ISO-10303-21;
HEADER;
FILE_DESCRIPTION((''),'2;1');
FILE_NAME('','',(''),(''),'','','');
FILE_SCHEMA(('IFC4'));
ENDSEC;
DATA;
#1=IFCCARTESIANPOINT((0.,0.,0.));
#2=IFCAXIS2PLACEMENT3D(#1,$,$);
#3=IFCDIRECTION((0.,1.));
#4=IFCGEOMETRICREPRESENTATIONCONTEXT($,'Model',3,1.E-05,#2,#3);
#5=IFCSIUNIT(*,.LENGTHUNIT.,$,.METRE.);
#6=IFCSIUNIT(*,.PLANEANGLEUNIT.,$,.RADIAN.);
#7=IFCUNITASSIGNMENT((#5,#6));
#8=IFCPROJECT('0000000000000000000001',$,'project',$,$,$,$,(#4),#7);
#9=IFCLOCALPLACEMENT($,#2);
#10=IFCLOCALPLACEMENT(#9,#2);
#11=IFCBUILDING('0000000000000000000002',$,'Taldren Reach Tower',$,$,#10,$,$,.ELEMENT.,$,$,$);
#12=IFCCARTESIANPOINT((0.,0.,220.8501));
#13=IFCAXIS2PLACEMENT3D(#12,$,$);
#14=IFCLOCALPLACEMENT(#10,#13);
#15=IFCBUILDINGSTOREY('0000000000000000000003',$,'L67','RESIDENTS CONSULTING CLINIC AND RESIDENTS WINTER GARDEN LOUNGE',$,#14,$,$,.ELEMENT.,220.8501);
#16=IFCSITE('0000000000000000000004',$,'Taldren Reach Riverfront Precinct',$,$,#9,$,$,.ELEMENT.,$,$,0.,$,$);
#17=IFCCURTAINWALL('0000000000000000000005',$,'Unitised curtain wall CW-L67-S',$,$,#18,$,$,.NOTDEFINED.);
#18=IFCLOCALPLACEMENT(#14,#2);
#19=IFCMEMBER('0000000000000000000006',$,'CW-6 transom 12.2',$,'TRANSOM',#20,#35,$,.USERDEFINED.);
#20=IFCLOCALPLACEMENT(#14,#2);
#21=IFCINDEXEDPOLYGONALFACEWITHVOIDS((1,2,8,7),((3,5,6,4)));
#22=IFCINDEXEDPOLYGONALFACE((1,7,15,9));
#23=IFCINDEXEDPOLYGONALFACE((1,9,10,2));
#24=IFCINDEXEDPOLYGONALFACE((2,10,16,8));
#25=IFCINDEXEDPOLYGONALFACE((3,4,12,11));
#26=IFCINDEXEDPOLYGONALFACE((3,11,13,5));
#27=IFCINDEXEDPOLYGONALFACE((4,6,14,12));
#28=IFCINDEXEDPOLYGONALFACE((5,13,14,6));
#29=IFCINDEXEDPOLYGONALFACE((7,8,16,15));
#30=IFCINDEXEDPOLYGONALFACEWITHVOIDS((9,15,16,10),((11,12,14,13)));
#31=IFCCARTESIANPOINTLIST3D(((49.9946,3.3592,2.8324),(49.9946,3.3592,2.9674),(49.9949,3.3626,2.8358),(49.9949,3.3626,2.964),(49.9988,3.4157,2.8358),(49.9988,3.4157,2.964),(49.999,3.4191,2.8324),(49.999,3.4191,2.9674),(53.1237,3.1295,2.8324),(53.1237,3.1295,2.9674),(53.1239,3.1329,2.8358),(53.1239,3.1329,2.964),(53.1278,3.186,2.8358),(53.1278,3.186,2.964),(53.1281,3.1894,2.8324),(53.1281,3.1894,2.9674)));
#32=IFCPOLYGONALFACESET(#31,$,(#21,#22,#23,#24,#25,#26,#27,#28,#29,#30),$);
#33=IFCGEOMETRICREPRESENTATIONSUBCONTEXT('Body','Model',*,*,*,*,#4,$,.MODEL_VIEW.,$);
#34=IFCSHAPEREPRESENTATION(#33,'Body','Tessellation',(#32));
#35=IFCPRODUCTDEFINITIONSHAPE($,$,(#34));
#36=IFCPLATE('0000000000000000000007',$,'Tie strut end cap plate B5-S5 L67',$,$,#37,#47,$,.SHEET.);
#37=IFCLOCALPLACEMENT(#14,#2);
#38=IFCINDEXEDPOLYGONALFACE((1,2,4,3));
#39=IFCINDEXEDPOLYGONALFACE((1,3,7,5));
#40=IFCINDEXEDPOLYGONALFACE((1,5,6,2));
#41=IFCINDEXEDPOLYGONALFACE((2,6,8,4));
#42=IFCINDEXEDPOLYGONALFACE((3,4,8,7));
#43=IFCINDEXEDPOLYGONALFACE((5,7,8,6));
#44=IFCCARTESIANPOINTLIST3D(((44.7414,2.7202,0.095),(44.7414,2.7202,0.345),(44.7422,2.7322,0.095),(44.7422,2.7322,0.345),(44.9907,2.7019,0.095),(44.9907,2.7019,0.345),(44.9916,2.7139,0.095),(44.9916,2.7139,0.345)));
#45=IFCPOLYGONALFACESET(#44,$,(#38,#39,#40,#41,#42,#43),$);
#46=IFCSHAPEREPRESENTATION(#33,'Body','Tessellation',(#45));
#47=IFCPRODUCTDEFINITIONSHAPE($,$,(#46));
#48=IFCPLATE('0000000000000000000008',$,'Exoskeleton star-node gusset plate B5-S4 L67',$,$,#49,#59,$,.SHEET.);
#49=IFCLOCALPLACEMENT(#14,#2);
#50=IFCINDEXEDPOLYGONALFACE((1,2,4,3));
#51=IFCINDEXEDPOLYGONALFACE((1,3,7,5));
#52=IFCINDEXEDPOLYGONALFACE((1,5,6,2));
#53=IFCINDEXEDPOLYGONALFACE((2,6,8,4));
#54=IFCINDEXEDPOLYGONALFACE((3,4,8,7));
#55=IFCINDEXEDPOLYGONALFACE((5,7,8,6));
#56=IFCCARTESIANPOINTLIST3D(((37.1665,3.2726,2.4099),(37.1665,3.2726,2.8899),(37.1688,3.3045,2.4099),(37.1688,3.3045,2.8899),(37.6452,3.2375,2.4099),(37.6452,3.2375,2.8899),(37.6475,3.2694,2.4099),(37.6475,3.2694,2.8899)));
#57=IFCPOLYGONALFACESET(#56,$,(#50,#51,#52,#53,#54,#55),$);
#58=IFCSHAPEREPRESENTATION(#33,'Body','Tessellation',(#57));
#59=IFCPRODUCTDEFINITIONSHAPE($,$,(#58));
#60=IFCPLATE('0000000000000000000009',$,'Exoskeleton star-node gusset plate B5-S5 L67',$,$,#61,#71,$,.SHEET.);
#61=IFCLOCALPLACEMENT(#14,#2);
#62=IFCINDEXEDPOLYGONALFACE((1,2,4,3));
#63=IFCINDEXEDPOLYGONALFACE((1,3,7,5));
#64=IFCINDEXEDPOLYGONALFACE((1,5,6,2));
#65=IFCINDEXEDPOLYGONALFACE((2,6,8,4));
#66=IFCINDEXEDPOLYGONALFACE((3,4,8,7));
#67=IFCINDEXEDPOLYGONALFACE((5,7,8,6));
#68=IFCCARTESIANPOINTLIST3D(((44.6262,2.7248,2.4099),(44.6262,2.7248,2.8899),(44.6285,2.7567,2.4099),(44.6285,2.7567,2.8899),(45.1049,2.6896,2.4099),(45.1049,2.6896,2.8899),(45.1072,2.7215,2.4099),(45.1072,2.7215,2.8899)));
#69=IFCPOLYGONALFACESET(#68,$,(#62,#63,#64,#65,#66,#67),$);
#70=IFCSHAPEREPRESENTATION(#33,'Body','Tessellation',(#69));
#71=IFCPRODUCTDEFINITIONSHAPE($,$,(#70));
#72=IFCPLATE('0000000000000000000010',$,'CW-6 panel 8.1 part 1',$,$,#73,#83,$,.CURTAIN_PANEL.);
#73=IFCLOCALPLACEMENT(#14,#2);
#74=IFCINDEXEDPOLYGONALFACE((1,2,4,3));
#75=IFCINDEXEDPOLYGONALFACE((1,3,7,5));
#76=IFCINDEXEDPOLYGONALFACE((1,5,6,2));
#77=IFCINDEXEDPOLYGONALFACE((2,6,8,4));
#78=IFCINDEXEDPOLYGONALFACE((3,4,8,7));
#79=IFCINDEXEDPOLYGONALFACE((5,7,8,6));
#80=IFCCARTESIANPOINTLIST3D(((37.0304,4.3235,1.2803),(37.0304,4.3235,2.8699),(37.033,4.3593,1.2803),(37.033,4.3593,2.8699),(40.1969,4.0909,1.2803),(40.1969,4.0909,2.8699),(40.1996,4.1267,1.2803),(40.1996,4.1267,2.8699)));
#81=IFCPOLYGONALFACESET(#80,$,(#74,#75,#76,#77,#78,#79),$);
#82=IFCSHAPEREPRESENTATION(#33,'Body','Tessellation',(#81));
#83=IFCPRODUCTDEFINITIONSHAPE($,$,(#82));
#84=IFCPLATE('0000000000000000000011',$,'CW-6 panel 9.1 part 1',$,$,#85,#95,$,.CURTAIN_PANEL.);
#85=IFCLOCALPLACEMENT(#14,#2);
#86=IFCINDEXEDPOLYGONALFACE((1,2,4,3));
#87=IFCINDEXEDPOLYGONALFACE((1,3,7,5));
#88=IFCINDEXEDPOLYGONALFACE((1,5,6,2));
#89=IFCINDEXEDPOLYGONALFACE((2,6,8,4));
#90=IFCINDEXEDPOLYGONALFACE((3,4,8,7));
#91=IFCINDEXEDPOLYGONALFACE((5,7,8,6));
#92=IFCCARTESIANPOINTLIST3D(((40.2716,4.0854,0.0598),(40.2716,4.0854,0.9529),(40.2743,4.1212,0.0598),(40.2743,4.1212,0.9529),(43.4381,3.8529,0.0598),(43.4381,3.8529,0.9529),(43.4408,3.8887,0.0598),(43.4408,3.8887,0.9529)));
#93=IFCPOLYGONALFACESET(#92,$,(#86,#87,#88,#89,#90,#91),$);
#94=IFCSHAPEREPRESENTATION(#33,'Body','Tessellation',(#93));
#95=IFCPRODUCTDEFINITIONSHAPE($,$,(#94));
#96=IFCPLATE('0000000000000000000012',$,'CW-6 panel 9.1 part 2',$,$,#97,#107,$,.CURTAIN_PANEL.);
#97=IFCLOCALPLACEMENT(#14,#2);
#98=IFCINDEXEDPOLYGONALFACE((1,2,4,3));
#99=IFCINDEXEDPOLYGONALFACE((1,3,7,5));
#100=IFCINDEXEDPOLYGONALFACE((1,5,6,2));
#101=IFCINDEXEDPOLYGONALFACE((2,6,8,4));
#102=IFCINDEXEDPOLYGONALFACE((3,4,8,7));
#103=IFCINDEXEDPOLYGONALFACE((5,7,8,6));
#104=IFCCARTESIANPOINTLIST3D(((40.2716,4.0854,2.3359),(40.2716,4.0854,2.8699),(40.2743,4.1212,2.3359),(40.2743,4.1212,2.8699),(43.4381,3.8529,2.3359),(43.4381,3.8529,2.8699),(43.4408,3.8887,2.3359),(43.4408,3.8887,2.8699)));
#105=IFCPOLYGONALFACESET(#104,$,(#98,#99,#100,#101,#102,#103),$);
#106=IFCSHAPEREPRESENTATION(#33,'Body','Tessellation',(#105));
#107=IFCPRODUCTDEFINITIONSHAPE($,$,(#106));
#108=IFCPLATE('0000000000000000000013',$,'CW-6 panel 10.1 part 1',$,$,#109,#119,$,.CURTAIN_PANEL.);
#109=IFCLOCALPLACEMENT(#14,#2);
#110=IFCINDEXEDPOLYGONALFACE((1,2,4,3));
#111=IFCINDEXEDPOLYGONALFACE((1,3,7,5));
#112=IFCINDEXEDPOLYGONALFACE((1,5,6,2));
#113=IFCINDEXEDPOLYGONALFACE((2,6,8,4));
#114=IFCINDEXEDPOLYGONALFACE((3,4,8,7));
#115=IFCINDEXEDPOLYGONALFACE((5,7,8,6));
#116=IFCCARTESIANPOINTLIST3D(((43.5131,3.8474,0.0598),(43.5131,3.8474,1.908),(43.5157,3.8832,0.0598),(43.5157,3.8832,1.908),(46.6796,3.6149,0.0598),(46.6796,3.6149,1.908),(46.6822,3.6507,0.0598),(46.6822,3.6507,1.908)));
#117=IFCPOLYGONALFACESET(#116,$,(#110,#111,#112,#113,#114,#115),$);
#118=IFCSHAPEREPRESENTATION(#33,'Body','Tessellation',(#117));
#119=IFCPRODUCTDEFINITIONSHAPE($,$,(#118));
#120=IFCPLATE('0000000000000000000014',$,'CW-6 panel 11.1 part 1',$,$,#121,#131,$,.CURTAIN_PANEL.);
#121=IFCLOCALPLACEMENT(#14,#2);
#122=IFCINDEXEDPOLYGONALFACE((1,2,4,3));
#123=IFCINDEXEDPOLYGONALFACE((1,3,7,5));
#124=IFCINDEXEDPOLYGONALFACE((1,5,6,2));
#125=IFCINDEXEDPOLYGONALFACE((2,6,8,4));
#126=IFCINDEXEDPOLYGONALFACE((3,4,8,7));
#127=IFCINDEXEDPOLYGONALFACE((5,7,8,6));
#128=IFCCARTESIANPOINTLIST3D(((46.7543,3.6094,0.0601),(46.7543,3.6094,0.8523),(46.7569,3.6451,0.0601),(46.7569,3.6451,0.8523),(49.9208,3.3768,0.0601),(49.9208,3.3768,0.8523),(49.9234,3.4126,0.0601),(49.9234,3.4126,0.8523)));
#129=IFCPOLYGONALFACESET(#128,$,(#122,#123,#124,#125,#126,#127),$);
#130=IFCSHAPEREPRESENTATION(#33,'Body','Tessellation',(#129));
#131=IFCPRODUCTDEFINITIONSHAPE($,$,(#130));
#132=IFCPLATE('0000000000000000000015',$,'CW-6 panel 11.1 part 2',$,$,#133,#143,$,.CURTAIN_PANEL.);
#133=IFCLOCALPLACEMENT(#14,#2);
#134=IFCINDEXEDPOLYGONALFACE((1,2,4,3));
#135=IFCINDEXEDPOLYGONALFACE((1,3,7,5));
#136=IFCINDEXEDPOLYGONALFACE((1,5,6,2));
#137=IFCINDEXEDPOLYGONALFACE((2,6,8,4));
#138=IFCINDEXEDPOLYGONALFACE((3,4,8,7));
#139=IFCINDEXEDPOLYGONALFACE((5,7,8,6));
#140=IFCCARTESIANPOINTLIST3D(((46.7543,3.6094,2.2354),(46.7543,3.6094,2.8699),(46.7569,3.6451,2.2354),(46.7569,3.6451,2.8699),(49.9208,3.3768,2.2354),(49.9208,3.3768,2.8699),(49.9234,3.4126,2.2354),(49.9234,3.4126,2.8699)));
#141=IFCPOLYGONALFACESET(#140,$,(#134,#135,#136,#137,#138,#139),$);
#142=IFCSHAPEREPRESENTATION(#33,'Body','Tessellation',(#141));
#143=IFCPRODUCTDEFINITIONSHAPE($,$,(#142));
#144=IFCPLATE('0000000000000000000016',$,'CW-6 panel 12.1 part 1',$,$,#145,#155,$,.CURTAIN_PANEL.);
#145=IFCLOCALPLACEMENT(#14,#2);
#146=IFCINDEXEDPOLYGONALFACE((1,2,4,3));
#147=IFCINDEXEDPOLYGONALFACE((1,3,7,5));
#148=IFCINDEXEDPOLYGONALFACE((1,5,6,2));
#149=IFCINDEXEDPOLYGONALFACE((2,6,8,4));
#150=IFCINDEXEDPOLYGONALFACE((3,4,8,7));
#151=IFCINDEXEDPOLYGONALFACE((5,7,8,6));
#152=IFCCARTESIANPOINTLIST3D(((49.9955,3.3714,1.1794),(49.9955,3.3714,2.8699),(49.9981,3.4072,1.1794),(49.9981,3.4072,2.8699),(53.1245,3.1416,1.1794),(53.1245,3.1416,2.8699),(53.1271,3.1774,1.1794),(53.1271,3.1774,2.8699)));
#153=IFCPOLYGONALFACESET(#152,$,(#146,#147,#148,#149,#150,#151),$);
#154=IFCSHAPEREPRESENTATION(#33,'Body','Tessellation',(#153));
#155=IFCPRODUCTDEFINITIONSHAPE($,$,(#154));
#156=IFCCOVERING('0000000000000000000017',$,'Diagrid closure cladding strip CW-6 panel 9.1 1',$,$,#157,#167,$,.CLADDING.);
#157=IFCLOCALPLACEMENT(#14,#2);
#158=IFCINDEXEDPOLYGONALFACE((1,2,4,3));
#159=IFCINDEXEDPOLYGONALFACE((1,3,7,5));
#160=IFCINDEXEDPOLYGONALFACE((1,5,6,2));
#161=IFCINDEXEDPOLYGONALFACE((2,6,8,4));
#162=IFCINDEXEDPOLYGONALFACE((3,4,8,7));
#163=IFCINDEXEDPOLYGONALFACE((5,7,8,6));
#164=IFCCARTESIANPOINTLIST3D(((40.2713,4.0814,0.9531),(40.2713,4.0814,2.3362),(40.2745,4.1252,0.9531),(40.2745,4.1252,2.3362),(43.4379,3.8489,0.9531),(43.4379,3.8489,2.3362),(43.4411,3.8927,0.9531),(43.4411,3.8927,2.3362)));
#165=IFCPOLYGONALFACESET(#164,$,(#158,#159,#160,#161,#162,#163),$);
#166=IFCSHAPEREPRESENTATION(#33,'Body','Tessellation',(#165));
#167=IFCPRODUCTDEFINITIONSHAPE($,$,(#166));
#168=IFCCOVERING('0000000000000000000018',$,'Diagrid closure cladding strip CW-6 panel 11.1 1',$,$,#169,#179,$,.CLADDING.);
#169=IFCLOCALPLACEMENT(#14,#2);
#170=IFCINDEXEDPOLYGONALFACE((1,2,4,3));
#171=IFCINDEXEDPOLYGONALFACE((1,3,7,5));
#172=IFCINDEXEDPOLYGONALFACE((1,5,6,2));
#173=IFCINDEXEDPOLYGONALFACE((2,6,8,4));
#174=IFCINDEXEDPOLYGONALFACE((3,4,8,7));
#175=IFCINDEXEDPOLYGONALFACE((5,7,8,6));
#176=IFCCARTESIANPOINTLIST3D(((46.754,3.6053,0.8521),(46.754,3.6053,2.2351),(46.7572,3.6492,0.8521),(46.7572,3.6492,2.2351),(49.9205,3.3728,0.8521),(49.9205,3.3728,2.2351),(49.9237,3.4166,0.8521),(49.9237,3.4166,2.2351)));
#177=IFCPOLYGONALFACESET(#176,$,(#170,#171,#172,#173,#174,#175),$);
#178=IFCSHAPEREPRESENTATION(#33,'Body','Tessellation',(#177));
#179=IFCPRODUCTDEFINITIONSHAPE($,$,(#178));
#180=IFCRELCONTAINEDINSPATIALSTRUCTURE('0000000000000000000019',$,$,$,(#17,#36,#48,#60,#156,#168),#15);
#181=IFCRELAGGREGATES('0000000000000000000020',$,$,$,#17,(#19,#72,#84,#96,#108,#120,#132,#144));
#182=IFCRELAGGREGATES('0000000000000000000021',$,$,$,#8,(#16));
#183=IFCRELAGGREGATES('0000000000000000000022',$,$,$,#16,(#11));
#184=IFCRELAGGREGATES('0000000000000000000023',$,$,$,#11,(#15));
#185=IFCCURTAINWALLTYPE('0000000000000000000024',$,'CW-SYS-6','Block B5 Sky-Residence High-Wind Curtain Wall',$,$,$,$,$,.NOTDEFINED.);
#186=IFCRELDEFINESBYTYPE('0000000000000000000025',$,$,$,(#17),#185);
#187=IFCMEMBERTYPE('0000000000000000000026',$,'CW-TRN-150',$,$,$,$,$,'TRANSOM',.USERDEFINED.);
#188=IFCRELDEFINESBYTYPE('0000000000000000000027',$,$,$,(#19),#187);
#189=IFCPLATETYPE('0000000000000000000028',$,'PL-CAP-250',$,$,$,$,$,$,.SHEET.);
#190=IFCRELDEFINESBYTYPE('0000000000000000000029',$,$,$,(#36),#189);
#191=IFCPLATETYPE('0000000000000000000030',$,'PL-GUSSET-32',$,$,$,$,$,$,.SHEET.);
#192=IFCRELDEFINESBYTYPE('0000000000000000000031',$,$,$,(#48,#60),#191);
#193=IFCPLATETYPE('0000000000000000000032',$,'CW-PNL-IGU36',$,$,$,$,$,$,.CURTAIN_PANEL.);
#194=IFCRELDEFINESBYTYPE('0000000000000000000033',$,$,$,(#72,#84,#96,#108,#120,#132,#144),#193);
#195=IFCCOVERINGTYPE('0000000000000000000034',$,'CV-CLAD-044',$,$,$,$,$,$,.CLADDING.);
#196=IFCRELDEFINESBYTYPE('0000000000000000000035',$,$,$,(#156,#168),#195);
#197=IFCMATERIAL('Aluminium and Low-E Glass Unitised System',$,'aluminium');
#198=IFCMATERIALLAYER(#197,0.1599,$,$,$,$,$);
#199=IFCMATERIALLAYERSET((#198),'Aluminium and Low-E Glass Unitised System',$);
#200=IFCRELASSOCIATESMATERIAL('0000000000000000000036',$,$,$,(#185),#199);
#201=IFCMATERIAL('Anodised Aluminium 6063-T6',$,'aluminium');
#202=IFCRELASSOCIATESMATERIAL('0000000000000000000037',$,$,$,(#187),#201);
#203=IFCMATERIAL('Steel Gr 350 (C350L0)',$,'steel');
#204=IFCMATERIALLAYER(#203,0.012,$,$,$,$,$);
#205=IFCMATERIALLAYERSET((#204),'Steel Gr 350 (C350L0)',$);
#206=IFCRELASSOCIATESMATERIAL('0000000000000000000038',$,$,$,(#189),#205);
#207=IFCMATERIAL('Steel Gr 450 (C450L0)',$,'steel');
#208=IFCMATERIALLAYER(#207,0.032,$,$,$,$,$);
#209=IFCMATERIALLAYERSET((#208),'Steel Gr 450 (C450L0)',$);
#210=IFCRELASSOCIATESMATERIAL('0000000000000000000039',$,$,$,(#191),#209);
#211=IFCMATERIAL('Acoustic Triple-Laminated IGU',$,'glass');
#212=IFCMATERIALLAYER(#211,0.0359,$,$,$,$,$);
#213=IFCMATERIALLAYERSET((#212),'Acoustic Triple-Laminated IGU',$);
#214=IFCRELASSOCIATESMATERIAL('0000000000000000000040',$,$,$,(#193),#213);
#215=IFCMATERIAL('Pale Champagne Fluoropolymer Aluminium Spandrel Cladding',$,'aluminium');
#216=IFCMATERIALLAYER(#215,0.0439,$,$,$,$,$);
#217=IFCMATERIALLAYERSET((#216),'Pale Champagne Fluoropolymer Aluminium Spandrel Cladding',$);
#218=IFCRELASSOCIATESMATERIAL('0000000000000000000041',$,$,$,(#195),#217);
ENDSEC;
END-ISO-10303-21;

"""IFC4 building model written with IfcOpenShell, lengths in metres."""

from ifc_helpers import new_model, si_unit, direction, frame, origin, origin_2d, place, context, subcontext, project, spatial, rectangle, hollow_rectangle, extrude, source, transform, mapped, material, layer, layer_set, material_profile, profile_set, type_object, element, aggregate, save


model = new_model("IFC4")

# Units and contexts
model_context = context("Model", 3, precision=1e-05, world=origin(), true_north=direction((0.0, 1.0)))
body_context = subcontext(model_context, "Body", "Model", "MODEL_VIEW")
ifc_project = project(units=[si_unit("LENGTHUNIT", "METRE"), si_unit("PLANEANGLEUNIT", "RADIAN")], contexts=[model_context])

# Site, building, storey
site_placement = place(None, origin())
site = spatial("IfcSite", under=ifc_project, at=site_placement, Name="Taldren Reach Riverfront Precinct", CompositionType="ELEMENT", RefElevation=0.0)
building_placement = place(site_placement, origin())
building = spatial("IfcBuilding", under=site, at=building_placement, Name="Taldren Reach Tower", CompositionType="ELEMENT")
storey_placement = place(building_placement, frame((0.0, 0.0, 220.8501)))
storey = spatial("IfcBuildingStorey", under=building, at=storey_placement, Name="L67", Description="RESIDENTS CONSULTING CLINIC AND RESIDENTS WINTER GARDEN LOUNGE", CompositionType="ELEMENT", Elevation=220.8501)

# Shared definitions
ifc_material_1 = material(Name="Steel Gr 450 (C450L0)", Category="steel")
ifc_material_2 = material(Name="Steel Gr 350 (C350L0)", Category="steel")

# Curtain wall, member
ifc_material_3 = material(Name="Aluminium and Low-E Glass Unitised System", Category="aluminium")
ifc_layer_1 = layer(ifc_material_3, 0.1599)
ifc_layer_set_1 = layer_set([ifc_layer_1], Name="Aluminium and Low-E Glass Unitised System")
curtain_wall_type = type_object("IfcCurtainWallType", Name="CW-SYS-6", Description="Block B5 Sky-Residence High-Wind Curtain Wall", PredefinedType="NOTDEFINED", material=ifc_layer_set_1)
curtain_wall_placement = place(storey_placement, origin())
curtain_wall = element("IfcCurtainWall", 1, at=curtain_wall_placement, inside=storey, type_object=curtain_wall_type, Name="Unitised curtain wall CW-L67-S", PredefinedType="NOTDEFINED")
ifc_material_4 = material(Name="Anodised Aluminium 6063-T6", Category="aluminium")
ifc_material_profile_1 = material_profile(ifc_material_4, hollow_rectangle(XDim=0.0601, YDim=0.135, WallThickness=0.0034, at=origin_2d()), Name="ALU-135x60x3.5RHS")
ifc_profile_set_1 = profile_set([ifc_material_profile_1], Name="Anodised Aluminium 6063-T6")
member_type_1 = type_object("IfcMemberType", Name="CW-TRN-150", ElementType="TRANSOM", PredefinedType="USERDEFINED", material=ifc_profile_set_1)
shared_shape_1 = source(origin(), body_context, "Body", "SweptSolid", [
    extrude(hollow_rectangle(XDim=0.0601, YDim=0.135, WallThickness=0.0034, at=origin_2d()), origin(), (0.0, 0.0, 1.0), 3.1375),
])
member_1_placement = place(storey_placement, frame((49.9968, 3.3892, 2.8999), z_axis=(0.997316, -0.073221, 0.0), x_axis=(0.073221, 0.997316, 0.0)))
member_1 = element("IfcMember", 2, at=member_1_placement, type_object=member_type_1, Name="CW-6 transom 12.2", ObjectType="TRANSOM", PredefinedType="USERDEFINED", context=body_context, shape_type="MappedRepresentation", body=[
    mapped(shared_shape_1, transform((0.0, 0.0, 0.0), scale=1.0)),
])

# Plates
ifc_layer_2 = layer(ifc_material_2, 0.012)
ifc_layer_set_2 = layer_set([ifc_layer_2], Name="Steel Gr 350 (C350L0)")
plate_type_1 = type_object("IfcPlateType", Name="PL-CAP-250", PredefinedType="SHEET", material=ifc_layer_set_2)
shared_shape_2 = source(origin(), body_context, "Body", "SweptSolid", [
    extrude(rectangle(XDim=0.25, YDim=0.012, at=origin_2d()), origin(), (0.0, 0.0, 1.0), 0.25),
])
plate_1_placement = place(storey_placement, frame((44.8665, 2.717, 0.095), z_axis=(0.0, 0.0, 1.0), x_axis=(0.997314, -0.073238, 0.0)))
element("IfcPlate", 3, at=plate_1_placement, inside=storey, type_object=plate_type_1, Name="Tie strut end cap plate B5-S5 L67", PredefinedType="SHEET", context=body_context, shape_type="MappedRepresentation", body=[
    mapped(shared_shape_2, transform((0.0, 0.0, 0.0), scale=1.0)),
])
ifc_layer_3 = layer(ifc_material_1, 0.032)
ifc_layer_set_3 = layer_set([ifc_layer_3], Name="Steel Gr 450 (C450L0)")
plate_type_2 = type_object("IfcPlateType", Name="PL-GUSSET-32", PredefinedType="SHEET", material=ifc_layer_set_3)
shared_shape_3 = source(origin(), body_context, "Body", "SweptSolid", [
    extrude(rectangle(XDim=0.48, YDim=0.032, at=origin_2d()), origin(), (0.0, 0.0, 1.0), 0.48),
])
for number, where, z_axis, x_axis, name in (
    (4, (37.407, 3.271, 2.4099), (0.0, 0.0, 1.0), (0.997314, -0.073238, 0.0), "Exoskeleton star-node gusset plate B5-S4 L67"),
    (5, (44.8667, 2.7231, 2.4099), (0.0, 0.0, 1.0), (0.997314, -0.073238, 0.0), "Exoskeleton star-node gusset plate B5-S5 L67"),
):
    element("IfcPlate", number, at=place(storey_placement, frame(where, z_axis=z_axis, x_axis=x_axis)), inside=storey, type_object=plate_type_2, Name=name, PredefinedType="SHEET", context=body_context, shape_type="MappedRepresentation", body=[
        mapped(shared_shape_3, transform((0.0, 0.0, 0.0), scale=1.0)),
    ])

# Plates
ifc_material_5 = material(Name="Acoustic Triple-Laminated IGU", Category="glass")
ifc_layer_4 = layer(ifc_material_5, 0.0359)
ifc_layer_set_4 = layer_set([ifc_layer_4], Name="Acoustic Triple-Laminated IGU")
plate_type_3 = type_object("IfcPlateType", Name="CW-PNL-IGU36", PredefinedType="CURTAIN_PANEL", material=ifc_layer_set_4)
shared_shape_4 = source(origin(), body_context, "Body", "SweptSolid", [
    extrude(rectangle(XDim=3.175, YDim=0.0359, at=origin_2d()), origin(), (0.0, 0.0, 1.0), 1.5896),
])
plate_2_placement = place(storey_placement, frame((38.615, 4.2251, 1.2803), z_axis=(0.0, 0.0, 1.0), x_axis=(0.997314, -0.073238, 0.0)))
plate_2 = element("IfcPlate", 6, at=plate_2_placement, type_object=plate_type_3, Name="CW-6 panel 8.1 part 1", PredefinedType="CURTAIN_PANEL", context=body_context, shape_type="MappedRepresentation", body=[
    mapped(shared_shape_4, transform((0.0, 0.0, 0.0), scale=1.0)),
])
shared_shape_5 = source(origin(), body_context, "Body", "SweptSolid", [
    extrude(rectangle(XDim=3.175, YDim=0.0359, at=origin_2d()), origin(), (0.0, 0.0, 1.0), 0.8931),
])
plate_3_placement = place(storey_placement, frame((41.8562, 3.9871, 0.0598), z_axis=(0.0, 0.0, 1.0), x_axis=(0.997314, -0.073238, 0.0)))
plate_3 = element("IfcPlate", 7, at=plate_3_placement, type_object=plate_type_3, Name="CW-6 panel 9.1 part 1", PredefinedType="CURTAIN_PANEL", context=body_context, shape_type="MappedRepresentation", body=[
    mapped(shared_shape_5, transform((0.0, 0.0, 0.0), scale=1.0)),
])
shared_shape_6 = source(origin(), body_context, "Body", "SweptSolid", [
    extrude(rectangle(XDim=3.175, YDim=0.0359, at=origin_2d()), origin(), (0.0, 0.0, 1.0), 0.5339),
])
plate_4_placement = place(storey_placement, frame((41.8562, 3.9871, 2.3359), z_axis=(0.0, 0.0, 1.0), x_axis=(0.997314, -0.073238, 0.0)))
plate_4 = element("IfcPlate", 8, at=plate_4_placement, type_object=plate_type_3, Name="CW-6 panel 9.1 part 2", PredefinedType="CURTAIN_PANEL", context=body_context, shape_type="MappedRepresentation", body=[
    mapped(shared_shape_6, transform((0.0, 0.0, 0.0), scale=1.0)),
])
shared_shape_7 = source(origin(), body_context, "Body", "SweptSolid", [
    extrude(rectangle(XDim=3.175, YDim=0.0359, at=origin_2d()), origin(), (0.0, 0.0, 1.0), 1.8481),
])
plate_5_placement = place(storey_placement, frame((45.0977, 3.749, 0.0598), z_axis=(0.0, 0.0, 1.0), x_axis=(0.997314, -0.073238, 0.0)))
plate_5 = element("IfcPlate", 9, at=plate_5_placement, type_object=plate_type_3, Name="CW-6 panel 10.1 part 1", PredefinedType="CURTAIN_PANEL", context=body_context, shape_type="MappedRepresentation", body=[
    mapped(shared_shape_7, transform((0.0, 0.0, 0.0), scale=1.0)),
])
shared_shape_8 = source(origin(), body_context, "Body", "SweptSolid", [
    extrude(rectangle(XDim=3.175, YDim=0.0359, at=origin_2d()), origin(), (0.0, 0.0, 1.0), 0.7922),
])
plate_6_placement = place(storey_placement, frame((48.3389, 3.511, 0.0601), z_axis=(0.0, 0.0, 1.0), x_axis=(0.997314, -0.073238, 0.0)))
plate_6 = element("IfcPlate", 10, at=plate_6_placement, type_object=plate_type_3, Name="CW-6 panel 11.1 part 1", PredefinedType="CURTAIN_PANEL", context=body_context, shape_type="MappedRepresentation", body=[
    mapped(shared_shape_8, transform((0.0, 0.0, 0.0), scale=1.0)),
])
shared_shape_9 = source(origin(), body_context, "Body", "SweptSolid", [
    extrude(rectangle(XDim=3.175, YDim=0.0359, at=origin_2d()), origin(), (0.0, 0.0, 1.0), 0.6345),
])
plate_7_placement = place(storey_placement, frame((48.3389, 3.511, 2.2354), z_axis=(0.0, 0.0, 1.0), x_axis=(0.997314, -0.073238, 0.0)))
plate_7 = element("IfcPlate", 11, at=plate_7_placement, type_object=plate_type_3, Name="CW-6 panel 11.1 part 2", PredefinedType="CURTAIN_PANEL", context=body_context, shape_type="MappedRepresentation", body=[
    mapped(shared_shape_9, transform((0.0, 0.0, 0.0), scale=1.0)),
])
shared_shape_10 = source(origin(), body_context, "Body", "SweptSolid", [
    extrude(rectangle(XDim=3.1375, YDim=0.0359, at=origin_2d()), origin(), (0.0, 0.0, 1.0), 1.6904),
])
plate_8_placement = place(storey_placement, frame((51.5613, 3.2744, 1.1794), z_axis=(0.0, 0.0, 1.0), x_axis=(0.997314, -0.073238, 0.0)))
plate_8 = element("IfcPlate", 12, at=plate_8_placement, type_object=plate_type_3, Name="CW-6 panel 12.1 part 1", PredefinedType="CURTAIN_PANEL", context=body_context, shape_type="MappedRepresentation", body=[
    mapped(shared_shape_10, transform((0.0, 0.0, 0.0), scale=1.0)),
])
aggregate(curtain_wall, [member_1, plate_2, plate_3, plate_4, plate_5, plate_6, plate_7, plate_8])

# Coverings
ifc_material_6 = material(Name="Pale Champagne Fluoropolymer Aluminium Spandrel Cladding", Category="aluminium")
ifc_layer_5 = layer(ifc_material_6, 0.0439)
ifc_layer_set_5 = layer_set([ifc_layer_5], Name="Pale Champagne Fluoropolymer Aluminium Spandrel Cladding")
covering_type = type_object("IfcCoveringType", Name="CV-CLAD-044", PredefinedType="CLADDING", material=ifc_layer_set_5)
shared_shape_11 = source(origin(), body_context, "Body", "SweptSolid", [
    extrude(rectangle(XDim=3.175, YDim=0.0439, at=origin_2d()), origin(), (0.0, 0.0, 1.0), 1.3831),
])
for number, where, z_axis, x_axis, name in (
    (13, (41.8562, 3.9871, 0.9531), (0.0, 0.0, 1.0), (0.997314, -0.073238, 0.0), "Diagrid closure cladding strip CW-6 panel 9.1 1"),
    (14, (48.3389, 3.511, 0.8521), (0.0, 0.0, 1.0), (0.997314, -0.073238, 0.0), "Diagrid closure cladding strip CW-6 panel 11.1 1"),
):
    element("IfcCovering", number, at=place(storey_placement, frame(where, z_axis=z_axis, x_axis=x_axis)), inside=storey, type_object=covering_type, Name=name, PredefinedType="CLADDING", context=body_context, shape_type="MappedRepresentation", body=[
        mapped(shared_shape_11, transform((0.0, 0.0, 0.0), scale=1.0)),
    ])

save(model, "model.ifc")
